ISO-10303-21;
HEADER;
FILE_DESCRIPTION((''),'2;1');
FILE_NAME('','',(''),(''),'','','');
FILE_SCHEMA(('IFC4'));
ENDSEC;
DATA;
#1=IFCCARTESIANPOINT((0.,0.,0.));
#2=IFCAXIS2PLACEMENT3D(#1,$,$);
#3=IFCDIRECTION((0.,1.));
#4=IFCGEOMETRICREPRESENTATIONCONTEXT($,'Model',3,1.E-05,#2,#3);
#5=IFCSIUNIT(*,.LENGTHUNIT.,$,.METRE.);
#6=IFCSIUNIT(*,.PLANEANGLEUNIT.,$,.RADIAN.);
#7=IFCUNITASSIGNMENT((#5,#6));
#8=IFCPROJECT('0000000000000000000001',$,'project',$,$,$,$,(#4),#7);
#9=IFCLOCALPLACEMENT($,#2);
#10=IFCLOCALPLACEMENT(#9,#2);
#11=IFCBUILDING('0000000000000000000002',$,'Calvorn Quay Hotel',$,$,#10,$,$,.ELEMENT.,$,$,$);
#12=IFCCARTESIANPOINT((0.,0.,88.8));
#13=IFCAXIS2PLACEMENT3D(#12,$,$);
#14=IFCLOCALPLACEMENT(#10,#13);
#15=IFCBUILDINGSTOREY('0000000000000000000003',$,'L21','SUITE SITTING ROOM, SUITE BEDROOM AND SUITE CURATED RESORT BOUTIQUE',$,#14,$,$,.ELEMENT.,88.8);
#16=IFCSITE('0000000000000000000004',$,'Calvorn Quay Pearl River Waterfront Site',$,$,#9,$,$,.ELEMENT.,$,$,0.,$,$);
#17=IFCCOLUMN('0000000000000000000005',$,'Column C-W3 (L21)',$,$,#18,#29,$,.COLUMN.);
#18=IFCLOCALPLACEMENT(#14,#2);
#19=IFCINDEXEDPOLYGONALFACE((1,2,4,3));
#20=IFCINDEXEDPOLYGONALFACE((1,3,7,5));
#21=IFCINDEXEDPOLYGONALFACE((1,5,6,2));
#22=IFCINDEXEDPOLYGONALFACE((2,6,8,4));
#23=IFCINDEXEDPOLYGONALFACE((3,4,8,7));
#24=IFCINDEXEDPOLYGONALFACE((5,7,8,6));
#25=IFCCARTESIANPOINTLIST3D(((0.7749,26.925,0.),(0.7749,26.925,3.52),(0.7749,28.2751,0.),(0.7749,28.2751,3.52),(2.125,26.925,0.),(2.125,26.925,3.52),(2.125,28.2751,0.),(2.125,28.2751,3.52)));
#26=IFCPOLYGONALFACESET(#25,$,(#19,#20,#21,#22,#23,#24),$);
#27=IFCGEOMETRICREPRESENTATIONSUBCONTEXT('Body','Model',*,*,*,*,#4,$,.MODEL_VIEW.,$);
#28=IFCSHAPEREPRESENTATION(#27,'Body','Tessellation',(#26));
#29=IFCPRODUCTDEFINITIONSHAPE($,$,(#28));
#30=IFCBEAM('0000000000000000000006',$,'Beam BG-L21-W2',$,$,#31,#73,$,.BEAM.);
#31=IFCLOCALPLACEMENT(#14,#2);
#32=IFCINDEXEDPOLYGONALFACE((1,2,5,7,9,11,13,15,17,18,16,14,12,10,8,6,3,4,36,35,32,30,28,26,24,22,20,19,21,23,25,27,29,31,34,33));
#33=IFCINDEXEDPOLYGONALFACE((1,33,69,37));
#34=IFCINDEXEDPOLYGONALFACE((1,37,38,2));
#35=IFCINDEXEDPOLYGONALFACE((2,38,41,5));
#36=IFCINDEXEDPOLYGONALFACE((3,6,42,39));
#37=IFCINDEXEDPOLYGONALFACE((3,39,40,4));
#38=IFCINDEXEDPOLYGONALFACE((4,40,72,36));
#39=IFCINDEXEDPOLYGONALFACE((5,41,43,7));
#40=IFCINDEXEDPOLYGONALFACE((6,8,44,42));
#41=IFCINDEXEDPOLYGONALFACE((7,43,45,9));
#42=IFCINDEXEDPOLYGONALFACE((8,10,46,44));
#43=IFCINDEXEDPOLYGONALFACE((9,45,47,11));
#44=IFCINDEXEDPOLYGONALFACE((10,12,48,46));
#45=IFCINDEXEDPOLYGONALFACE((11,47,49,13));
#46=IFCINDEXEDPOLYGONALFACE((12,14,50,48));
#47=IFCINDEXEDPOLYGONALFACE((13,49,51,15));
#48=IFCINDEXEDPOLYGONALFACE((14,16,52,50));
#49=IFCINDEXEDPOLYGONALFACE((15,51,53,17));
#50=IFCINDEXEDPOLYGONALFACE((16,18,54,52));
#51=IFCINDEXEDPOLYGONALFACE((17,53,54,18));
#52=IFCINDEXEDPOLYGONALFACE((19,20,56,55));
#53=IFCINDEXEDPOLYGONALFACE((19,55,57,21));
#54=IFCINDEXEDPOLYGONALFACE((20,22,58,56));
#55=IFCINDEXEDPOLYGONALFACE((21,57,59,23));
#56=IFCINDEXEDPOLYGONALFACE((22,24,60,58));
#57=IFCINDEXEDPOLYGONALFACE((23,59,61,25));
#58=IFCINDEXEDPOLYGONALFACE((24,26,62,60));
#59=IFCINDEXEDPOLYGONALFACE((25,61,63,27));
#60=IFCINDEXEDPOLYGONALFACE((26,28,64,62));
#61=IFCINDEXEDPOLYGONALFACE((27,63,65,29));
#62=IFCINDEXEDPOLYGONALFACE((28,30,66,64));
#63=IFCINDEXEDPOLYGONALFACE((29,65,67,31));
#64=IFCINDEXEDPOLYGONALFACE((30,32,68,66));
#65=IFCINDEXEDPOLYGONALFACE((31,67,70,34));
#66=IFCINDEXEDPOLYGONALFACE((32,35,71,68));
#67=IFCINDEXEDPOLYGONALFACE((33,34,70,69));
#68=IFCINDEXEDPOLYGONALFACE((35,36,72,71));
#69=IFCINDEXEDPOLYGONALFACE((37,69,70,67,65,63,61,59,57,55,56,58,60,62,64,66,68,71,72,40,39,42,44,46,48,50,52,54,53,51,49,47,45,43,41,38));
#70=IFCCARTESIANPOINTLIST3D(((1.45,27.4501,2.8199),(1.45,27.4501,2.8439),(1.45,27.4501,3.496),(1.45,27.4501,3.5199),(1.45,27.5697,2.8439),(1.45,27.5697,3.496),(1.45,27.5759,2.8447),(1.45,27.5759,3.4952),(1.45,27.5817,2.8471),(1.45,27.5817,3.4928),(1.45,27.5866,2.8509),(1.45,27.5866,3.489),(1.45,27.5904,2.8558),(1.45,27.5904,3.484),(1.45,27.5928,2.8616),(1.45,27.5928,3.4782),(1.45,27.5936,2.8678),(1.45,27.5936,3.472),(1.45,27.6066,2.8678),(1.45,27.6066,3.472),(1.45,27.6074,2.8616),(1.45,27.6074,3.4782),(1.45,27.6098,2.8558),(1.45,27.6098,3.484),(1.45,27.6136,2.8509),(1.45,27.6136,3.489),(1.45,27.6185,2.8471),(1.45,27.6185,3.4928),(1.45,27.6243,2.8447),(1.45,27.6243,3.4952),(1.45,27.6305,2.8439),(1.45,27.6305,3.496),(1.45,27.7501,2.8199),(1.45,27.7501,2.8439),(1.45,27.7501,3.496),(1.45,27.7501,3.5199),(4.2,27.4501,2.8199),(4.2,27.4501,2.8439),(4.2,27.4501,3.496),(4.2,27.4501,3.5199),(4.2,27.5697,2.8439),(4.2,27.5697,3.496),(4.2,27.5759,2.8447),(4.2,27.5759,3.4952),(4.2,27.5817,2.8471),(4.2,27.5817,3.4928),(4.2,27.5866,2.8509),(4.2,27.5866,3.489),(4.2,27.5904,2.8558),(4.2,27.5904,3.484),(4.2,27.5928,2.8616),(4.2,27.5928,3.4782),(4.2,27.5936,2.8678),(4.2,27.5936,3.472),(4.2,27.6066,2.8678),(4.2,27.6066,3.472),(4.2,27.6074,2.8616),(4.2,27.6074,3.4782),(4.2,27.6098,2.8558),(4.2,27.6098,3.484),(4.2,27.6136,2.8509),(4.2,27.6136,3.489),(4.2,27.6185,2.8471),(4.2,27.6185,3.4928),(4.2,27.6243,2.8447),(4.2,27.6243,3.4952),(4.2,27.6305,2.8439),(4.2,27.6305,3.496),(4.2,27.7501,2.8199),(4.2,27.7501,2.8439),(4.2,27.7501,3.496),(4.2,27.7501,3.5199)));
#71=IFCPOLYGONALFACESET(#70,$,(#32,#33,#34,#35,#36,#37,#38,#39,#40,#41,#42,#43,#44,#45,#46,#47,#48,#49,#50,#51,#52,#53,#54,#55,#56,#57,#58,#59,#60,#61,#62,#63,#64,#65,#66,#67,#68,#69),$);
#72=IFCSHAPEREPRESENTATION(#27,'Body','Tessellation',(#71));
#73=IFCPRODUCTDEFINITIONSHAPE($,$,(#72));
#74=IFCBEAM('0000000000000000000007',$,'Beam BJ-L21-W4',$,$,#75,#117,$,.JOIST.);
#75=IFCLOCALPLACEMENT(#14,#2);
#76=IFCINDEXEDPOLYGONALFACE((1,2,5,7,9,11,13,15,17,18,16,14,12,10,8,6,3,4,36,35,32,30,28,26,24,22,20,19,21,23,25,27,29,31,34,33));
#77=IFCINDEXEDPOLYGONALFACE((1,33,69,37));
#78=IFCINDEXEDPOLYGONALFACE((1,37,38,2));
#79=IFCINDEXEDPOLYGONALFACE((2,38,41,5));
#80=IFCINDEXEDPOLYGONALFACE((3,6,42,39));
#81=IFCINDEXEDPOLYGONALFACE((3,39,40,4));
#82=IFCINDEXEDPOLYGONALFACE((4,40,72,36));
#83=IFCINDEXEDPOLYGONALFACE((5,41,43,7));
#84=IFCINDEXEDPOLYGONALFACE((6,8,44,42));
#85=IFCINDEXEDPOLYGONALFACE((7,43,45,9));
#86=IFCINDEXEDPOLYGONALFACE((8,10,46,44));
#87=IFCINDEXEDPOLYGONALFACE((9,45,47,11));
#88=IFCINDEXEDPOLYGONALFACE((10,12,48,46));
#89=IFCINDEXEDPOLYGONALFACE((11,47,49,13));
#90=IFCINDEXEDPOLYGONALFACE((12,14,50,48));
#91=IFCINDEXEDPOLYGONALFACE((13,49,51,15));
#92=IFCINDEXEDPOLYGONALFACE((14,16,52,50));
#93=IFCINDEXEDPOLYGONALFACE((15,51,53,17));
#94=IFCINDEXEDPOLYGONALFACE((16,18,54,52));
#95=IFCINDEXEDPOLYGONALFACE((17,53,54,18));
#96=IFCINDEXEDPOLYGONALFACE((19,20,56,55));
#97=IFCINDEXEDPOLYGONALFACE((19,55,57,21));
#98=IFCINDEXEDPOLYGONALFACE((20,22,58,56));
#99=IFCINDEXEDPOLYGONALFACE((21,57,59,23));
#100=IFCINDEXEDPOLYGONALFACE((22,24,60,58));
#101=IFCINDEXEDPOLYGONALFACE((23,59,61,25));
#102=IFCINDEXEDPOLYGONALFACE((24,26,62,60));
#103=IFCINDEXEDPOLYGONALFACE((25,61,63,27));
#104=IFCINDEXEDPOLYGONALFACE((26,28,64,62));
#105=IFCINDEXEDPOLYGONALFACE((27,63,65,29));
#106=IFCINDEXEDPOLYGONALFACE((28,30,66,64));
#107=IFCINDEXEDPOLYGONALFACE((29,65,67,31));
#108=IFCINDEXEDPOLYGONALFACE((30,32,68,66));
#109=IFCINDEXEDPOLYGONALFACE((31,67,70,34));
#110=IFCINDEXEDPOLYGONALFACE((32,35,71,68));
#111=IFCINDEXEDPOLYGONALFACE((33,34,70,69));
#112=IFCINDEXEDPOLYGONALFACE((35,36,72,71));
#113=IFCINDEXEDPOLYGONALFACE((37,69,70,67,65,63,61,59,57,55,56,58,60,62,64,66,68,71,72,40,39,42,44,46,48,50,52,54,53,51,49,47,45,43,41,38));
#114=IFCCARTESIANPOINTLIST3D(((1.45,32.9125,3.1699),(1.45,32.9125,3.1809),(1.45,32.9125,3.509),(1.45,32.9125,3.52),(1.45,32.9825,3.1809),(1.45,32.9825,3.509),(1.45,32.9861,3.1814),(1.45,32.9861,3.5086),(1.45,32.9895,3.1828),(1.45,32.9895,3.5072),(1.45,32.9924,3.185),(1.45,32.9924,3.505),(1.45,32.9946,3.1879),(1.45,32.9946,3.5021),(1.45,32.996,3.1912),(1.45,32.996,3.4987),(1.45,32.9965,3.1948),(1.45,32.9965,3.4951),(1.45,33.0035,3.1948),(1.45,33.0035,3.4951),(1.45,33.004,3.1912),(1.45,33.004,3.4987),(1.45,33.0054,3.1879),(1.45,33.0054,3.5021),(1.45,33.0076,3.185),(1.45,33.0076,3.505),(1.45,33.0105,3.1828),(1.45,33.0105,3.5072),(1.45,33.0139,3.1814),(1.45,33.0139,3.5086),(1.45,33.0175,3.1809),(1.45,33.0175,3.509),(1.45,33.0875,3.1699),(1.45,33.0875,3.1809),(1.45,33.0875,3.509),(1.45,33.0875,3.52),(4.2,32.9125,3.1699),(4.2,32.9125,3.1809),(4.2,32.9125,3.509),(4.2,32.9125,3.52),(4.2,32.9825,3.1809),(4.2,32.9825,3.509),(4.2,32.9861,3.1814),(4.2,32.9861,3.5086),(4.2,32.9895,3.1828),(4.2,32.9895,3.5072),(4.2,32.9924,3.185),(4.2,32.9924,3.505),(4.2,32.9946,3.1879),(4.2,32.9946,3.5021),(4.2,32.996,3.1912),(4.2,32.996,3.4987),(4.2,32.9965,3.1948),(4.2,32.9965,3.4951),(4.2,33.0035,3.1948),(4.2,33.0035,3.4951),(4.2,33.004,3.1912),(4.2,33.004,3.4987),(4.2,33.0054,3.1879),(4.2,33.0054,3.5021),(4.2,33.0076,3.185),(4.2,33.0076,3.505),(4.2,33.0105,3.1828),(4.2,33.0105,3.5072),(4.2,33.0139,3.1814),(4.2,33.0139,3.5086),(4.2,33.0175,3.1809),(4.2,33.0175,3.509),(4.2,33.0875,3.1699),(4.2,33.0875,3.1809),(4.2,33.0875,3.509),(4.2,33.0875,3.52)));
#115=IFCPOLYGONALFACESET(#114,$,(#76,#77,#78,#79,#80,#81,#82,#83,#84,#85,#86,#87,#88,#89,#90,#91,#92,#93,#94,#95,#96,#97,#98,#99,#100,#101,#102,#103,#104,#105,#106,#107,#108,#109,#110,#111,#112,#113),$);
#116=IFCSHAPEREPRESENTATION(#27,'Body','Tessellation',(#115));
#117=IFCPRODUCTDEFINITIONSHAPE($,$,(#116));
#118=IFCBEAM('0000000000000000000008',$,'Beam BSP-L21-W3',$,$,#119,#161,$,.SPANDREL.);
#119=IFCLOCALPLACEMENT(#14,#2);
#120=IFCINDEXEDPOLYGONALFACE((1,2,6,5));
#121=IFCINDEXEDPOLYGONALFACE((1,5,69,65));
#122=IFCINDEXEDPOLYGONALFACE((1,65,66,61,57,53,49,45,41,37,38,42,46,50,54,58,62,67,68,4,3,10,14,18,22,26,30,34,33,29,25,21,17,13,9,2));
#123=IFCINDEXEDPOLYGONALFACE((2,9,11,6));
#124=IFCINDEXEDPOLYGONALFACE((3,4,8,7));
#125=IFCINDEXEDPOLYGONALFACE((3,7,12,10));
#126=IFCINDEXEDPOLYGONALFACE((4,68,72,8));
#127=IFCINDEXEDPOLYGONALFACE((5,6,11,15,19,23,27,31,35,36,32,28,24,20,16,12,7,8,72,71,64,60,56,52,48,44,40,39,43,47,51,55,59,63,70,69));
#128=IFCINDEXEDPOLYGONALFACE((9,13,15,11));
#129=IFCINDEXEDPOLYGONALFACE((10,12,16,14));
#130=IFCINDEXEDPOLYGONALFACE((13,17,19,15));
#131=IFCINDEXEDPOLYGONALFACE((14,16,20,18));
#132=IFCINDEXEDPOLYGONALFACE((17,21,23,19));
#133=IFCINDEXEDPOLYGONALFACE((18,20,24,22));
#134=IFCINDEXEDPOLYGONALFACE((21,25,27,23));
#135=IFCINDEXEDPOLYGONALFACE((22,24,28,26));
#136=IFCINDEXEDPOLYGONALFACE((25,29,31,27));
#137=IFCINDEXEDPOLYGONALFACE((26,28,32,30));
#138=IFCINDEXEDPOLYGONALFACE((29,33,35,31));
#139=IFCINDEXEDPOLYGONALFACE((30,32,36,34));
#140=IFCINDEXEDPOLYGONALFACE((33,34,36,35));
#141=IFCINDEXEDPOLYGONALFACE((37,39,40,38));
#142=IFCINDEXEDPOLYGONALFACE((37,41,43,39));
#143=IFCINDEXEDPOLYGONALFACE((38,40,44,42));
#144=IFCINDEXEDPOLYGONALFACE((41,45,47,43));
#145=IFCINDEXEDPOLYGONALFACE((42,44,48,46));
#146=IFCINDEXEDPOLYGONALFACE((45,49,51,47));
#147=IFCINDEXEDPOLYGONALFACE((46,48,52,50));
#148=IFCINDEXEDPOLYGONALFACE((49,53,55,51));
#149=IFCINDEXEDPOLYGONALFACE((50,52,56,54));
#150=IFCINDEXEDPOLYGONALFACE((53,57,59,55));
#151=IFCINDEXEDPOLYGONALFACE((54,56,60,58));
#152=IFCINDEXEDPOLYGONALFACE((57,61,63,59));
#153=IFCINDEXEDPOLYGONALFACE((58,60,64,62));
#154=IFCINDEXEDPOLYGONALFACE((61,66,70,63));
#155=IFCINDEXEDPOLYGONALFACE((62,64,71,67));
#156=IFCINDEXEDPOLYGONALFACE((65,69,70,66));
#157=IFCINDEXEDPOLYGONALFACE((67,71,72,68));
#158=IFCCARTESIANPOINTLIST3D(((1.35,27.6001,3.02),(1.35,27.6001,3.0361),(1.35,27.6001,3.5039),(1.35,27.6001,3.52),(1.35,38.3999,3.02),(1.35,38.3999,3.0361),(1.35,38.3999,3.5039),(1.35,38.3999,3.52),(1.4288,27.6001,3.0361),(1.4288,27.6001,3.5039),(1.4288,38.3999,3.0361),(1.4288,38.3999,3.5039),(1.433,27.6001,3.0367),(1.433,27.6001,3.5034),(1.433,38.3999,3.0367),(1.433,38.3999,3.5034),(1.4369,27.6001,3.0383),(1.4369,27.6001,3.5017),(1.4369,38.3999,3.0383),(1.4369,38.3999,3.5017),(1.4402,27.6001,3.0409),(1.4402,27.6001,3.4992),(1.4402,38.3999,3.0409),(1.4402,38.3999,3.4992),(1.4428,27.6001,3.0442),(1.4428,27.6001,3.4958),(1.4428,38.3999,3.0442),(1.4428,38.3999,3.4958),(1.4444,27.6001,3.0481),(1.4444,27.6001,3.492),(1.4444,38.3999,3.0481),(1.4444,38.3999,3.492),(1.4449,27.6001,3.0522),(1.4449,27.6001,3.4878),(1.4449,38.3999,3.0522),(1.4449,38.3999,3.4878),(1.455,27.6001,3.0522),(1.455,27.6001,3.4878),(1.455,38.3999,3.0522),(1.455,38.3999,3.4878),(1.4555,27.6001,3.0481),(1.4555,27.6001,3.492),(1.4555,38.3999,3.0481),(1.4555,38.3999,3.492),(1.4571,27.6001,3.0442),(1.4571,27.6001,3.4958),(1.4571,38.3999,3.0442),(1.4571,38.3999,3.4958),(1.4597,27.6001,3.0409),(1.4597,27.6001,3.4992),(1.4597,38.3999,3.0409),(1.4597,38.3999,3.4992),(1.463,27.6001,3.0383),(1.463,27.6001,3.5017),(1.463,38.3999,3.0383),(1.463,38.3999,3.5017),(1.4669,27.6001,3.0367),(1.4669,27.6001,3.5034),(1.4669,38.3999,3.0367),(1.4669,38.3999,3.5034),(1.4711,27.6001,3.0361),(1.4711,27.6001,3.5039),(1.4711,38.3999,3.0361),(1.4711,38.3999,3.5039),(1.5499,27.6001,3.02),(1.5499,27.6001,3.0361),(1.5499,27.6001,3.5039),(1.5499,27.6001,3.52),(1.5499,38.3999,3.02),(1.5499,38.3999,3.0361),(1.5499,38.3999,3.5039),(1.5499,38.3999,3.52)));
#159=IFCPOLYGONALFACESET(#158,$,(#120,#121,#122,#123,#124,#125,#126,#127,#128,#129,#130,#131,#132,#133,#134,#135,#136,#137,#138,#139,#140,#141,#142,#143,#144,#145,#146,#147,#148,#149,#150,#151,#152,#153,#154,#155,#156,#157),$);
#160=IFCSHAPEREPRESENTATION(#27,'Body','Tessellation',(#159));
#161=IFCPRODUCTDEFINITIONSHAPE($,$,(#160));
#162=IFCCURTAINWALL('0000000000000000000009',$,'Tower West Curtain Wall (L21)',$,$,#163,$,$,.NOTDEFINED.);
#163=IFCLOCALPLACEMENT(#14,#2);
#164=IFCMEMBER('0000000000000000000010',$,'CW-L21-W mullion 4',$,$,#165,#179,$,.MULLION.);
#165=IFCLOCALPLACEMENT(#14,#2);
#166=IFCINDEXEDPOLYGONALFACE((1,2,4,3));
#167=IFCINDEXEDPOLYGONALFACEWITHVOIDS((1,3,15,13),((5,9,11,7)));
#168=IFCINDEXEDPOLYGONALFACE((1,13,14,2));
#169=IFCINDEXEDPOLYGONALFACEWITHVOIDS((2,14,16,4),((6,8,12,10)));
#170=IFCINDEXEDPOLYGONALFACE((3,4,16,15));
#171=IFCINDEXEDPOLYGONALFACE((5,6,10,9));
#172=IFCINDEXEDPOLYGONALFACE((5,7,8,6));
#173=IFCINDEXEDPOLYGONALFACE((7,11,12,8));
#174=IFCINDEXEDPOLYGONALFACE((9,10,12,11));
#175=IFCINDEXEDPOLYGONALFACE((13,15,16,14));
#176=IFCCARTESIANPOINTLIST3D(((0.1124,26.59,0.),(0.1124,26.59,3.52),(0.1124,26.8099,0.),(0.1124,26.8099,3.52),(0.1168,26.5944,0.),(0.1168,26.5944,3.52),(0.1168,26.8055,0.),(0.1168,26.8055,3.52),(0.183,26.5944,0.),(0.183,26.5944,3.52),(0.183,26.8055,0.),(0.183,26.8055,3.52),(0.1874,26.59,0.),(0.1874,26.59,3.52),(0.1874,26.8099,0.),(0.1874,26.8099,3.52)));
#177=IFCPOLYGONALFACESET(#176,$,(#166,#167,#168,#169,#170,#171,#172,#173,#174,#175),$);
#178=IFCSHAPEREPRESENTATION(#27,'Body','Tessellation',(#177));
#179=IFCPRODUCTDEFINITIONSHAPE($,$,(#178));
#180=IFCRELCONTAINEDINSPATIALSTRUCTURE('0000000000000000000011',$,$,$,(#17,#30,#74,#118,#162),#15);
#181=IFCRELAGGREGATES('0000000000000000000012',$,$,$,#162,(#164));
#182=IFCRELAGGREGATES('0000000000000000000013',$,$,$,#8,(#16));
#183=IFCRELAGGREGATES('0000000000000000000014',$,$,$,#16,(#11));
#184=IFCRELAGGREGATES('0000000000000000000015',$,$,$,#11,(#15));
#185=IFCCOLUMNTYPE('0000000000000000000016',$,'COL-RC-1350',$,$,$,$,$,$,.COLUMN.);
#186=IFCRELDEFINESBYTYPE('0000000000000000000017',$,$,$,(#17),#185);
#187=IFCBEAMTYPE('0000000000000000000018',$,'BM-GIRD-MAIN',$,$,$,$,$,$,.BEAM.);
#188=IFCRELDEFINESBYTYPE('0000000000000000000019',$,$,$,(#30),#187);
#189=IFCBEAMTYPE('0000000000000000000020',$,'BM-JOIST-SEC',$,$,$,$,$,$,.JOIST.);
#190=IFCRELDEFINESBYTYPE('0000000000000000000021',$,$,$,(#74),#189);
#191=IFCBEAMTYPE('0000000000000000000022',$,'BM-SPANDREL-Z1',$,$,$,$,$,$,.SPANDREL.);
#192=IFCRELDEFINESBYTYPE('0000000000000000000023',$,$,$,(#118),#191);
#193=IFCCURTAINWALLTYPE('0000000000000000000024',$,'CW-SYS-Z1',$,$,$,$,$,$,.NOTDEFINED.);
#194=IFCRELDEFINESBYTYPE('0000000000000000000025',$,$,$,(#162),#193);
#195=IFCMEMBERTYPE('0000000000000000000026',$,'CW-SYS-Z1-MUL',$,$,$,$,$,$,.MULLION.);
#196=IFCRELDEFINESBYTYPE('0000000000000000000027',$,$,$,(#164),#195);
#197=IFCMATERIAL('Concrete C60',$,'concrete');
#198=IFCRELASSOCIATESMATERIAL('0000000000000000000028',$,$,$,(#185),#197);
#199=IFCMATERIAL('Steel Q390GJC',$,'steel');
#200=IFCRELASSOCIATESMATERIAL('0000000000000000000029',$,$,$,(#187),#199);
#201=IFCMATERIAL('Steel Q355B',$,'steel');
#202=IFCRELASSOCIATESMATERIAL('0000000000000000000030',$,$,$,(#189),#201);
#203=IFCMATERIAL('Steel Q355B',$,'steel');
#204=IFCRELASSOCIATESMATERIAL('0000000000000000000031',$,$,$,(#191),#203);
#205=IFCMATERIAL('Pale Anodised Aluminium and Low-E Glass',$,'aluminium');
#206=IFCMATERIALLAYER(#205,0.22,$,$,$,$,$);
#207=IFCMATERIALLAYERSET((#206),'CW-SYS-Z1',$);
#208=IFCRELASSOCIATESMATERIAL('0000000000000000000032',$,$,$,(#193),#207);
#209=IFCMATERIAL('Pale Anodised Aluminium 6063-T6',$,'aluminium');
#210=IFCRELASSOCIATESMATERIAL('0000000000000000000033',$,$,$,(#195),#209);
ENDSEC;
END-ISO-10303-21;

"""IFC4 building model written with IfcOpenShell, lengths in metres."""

from ifc_helpers import new_model, si_unit, direction, frame, origin, origin_2d, place, context, subcontext, project, spatial, rectangle, hollow_rectangle, i_section, extrude, material, layer, layer_set, material_profile, profile_set, type_object, element, aggregate, save


model = new_model("IFC4")

# Units and contexts
model_context = context("Model", 3, precision=1e-05, world=origin(), true_north=direction((0.0, 1.0)))
body_context = subcontext(model_context, "Body", "Model", "MODEL_VIEW")
ifc_project = project(units=[si_unit("LENGTHUNIT", "METRE"), si_unit("PLANEANGLEUNIT", "RADIAN")], contexts=[model_context])

# Site, building, storey
site_placement = place(None, origin())
site = spatial("IfcSite", under=ifc_project, at=site_placement, Name="Calvorn Quay Pearl River Waterfront Site", CompositionType="ELEMENT", RefElevation=0.0)
building_placement = place(site_placement, origin())
building = spatial("IfcBuilding", under=site, at=building_placement, Name="Calvorn Quay Hotel", CompositionType="ELEMENT")
storey_placement = place(building_placement, frame((0.0, 0.0, 88.8)))
storey = spatial("IfcBuildingStorey", under=building, at=storey_placement, Name="L21", Description="SUITE SITTING ROOM, SUITE BEDROOM AND SUITE CURATED RESORT BOUTIQUE", CompositionType="ELEMENT", Elevation=88.8)

# Column
ifc_material_1 = material(Name="Concrete C60", Category="concrete")
ifc_material_profile_1 = material_profile(ifc_material_1, rectangle(XDim=1.3501, YDim=1.3501, at=origin_2d()), Name="RC1350x1350")
ifc_profile_set_1 = profile_set([ifc_material_profile_1], Name="Concrete C60")
column_type = type_object("IfcColumnType", Name="COL-RC-1350", PredefinedType="COLUMN", material=ifc_profile_set_1)
column_placement = place(storey_placement, frame((1.45, 27.6001, 0.0), z_axis=(0.0, 0.0, 1.0), x_axis=(1.0, 0.0, 0.0)))
element("IfcColumn", 1, at=column_placement, inside=storey, type_object=column_type, Name="Column C-W3 (L21)", PredefinedType="COLUMN", context=body_context, shape_type="SweptSolid", body=[
    extrude(rectangle(XDim=1.3501, YDim=1.3501, at=origin_2d()), origin(), (0.0, 0.0, 1.0), 3.52),
])

# Beams
ifc_material_2 = material(Name="Steel Q390GJC", Category="steel")
ifc_material_profile_2 = material_profile(ifc_material_2, i_section(OverallWidth=0.3, OverallDepth=0.7, WebThickness=0.0129, FlangeThickness=0.0239, FilletRadius=0.0239, at=origin_2d()), Name="HN700x300x13x24")
ifc_profile_set_2 = profile_set([ifc_material_profile_2], Name="Steel Q390GJC")
beam_type_1 = type_object("IfcBeamType", Name="BM-GIRD-MAIN", PredefinedType="BEAM", material=ifc_profile_set_2)
beam_1_placement = place(storey_placement, frame((1.45, 27.6001, 3.1699), z_axis=(1.0, 0.0, 0.0), x_axis=(0.0, 1.0, 0.0)))
element("IfcBeam", 2, at=beam_1_placement, inside=storey, type_object=beam_type_1, Name="Beam BG-L21-W2", PredefinedType="BEAM", context=body_context, shape_type="SweptSolid", body=[
    extrude(i_section(OverallWidth=0.3, OverallDepth=0.7, WebThickness=0.0129, FlangeThickness=0.0239, FilletRadius=0.0239, at=origin_2d()), origin(), (0.0, 0.0, 1.0), 2.75),
])
ifc_material_3 = material(Name="Steel Q355B", Category="steel")
ifc_material_profile_3 = material_profile(ifc_material_3, i_section(OverallWidth=0.175, OverallDepth=0.3501, WebThickness=0.0071, FlangeThickness=0.011, FilletRadius=0.0139, at=origin_2d()), Name="HN350x175x7x11")
ifc_profile_set_3 = profile_set([ifc_material_profile_3], Name="Steel Q355B")
beam_type_2 = type_object("IfcBeamType", Name="BM-JOIST-SEC", PredefinedType="JOIST", material=ifc_profile_set_3)
beam_2_placement = place(storey_placement, frame((1.45, 33.0, 3.345), z_axis=(1.0, 0.0, 0.0), x_axis=(0.0, 1.0, 0.0)))
element("IfcBeam", 3, at=beam_2_placement, inside=storey, type_object=beam_type_2, Name="Beam BJ-L21-W4", PredefinedType="JOIST", context=body_context, shape_type="SweptSolid", body=[
    extrude(i_section(OverallWidth=0.175, OverallDepth=0.3501, WebThickness=0.0071, FlangeThickness=0.011, FilletRadius=0.0139, at=origin_2d()), origin(), (0.0, 0.0, 1.0), 2.75),
])
ifc_material_4 = material(Name="Steel Q355B", Category="steel")
ifc_material_profile_4 = material_profile(ifc_material_4, i_section(OverallWidth=0.2, OverallDepth=0.5, WebThickness=0.01, FlangeThickness=0.0161, FilletRadius=0.0161, at=origin_2d()), Name="HN500x200x10x16")
ifc_profile_set_4 = profile_set([ifc_material_profile_4], Name="Steel Q355B")
beam_type_3 = type_object("IfcBeamType", Name="BM-SPANDREL-Z1", PredefinedType="SPANDREL", material=ifc_profile_set_4)
beam_3_placement = place(storey_placement, frame((1.45, 27.6001, 3.27), z_axis=(0.0, 1.0, 0.0), x_axis=(-1.0, 0.0, 0.0)))
element("IfcBeam", 4, at=beam_3_placement, inside=storey, type_object=beam_type_3, Name="Beam BSP-L21-W3", PredefinedType="SPANDREL", context=body_context, shape_type="SweptSolid", body=[
    extrude(i_section(OverallWidth=0.2, OverallDepth=0.5, WebThickness=0.01, FlangeThickness=0.0161, FilletRadius=0.0161, at=origin_2d()), origin(), (0.0, 0.0, 1.0), 10.7998),
])

# Curtain wall, member
ifc_material_5 = material(Name="Pale Anodised Aluminium and Low-E Glass", Category="aluminium")
ifc_layer_1 = layer(ifc_material_5, 0.22)
ifc_layer_set_1 = layer_set([ifc_layer_1], Name="CW-SYS-Z1")
curtain_wall_type = type_object("IfcCurtainWallType", Name="CW-SYS-Z1", PredefinedType="NOTDEFINED", material=ifc_layer_set_1)
curtain_wall_placement = place(storey_placement, origin())
curtain_wall = element("IfcCurtainWall", 5, at=curtain_wall_placement, inside=storey, type_object=curtain_wall_type, Name="Tower West Curtain Wall (L21)", PredefinedType="NOTDEFINED")
ifc_material_6 = material(Name="Pale Anodised Aluminium 6063-T6", Category="aluminium")
ifc_material_profile_5 = material_profile(ifc_material_6, hollow_rectangle(XDim=0.075, YDim=0.22, WallThickness=0.0044, at=origin_2d()), Name="ALU-M220x75x4.5")
ifc_profile_set_5 = profile_set([ifc_material_profile_5], Name="Pale Anodised Aluminium 6063-T6")
member_type_1 = type_object("IfcMemberType", Name="CW-SYS-Z1-MUL", PredefinedType="MULLION", material=ifc_profile_set_5)
member_1_placement = place(storey_placement, frame((0.1499, 26.7, 0.0), z_axis=(0.0, 0.0, 1.0), x_axis=(-1.0, 0.0, 0.0)))
member_1 = element("IfcMember", 6, at=member_1_placement, type_object=member_type_1, Name="CW-L21-W mullion 4", PredefinedType="MULLION", context=body_context, shape_type="SweptSolid", body=[
    extrude(hollow_rectangle(XDim=0.075, YDim=0.22, WallThickness=0.0044, at=origin_2d()), origin(), (0.0, 0.0, 1.0), 3.52),
])
aggregate(curtain_wall, [member_1])

save(model, "model.ifc")
